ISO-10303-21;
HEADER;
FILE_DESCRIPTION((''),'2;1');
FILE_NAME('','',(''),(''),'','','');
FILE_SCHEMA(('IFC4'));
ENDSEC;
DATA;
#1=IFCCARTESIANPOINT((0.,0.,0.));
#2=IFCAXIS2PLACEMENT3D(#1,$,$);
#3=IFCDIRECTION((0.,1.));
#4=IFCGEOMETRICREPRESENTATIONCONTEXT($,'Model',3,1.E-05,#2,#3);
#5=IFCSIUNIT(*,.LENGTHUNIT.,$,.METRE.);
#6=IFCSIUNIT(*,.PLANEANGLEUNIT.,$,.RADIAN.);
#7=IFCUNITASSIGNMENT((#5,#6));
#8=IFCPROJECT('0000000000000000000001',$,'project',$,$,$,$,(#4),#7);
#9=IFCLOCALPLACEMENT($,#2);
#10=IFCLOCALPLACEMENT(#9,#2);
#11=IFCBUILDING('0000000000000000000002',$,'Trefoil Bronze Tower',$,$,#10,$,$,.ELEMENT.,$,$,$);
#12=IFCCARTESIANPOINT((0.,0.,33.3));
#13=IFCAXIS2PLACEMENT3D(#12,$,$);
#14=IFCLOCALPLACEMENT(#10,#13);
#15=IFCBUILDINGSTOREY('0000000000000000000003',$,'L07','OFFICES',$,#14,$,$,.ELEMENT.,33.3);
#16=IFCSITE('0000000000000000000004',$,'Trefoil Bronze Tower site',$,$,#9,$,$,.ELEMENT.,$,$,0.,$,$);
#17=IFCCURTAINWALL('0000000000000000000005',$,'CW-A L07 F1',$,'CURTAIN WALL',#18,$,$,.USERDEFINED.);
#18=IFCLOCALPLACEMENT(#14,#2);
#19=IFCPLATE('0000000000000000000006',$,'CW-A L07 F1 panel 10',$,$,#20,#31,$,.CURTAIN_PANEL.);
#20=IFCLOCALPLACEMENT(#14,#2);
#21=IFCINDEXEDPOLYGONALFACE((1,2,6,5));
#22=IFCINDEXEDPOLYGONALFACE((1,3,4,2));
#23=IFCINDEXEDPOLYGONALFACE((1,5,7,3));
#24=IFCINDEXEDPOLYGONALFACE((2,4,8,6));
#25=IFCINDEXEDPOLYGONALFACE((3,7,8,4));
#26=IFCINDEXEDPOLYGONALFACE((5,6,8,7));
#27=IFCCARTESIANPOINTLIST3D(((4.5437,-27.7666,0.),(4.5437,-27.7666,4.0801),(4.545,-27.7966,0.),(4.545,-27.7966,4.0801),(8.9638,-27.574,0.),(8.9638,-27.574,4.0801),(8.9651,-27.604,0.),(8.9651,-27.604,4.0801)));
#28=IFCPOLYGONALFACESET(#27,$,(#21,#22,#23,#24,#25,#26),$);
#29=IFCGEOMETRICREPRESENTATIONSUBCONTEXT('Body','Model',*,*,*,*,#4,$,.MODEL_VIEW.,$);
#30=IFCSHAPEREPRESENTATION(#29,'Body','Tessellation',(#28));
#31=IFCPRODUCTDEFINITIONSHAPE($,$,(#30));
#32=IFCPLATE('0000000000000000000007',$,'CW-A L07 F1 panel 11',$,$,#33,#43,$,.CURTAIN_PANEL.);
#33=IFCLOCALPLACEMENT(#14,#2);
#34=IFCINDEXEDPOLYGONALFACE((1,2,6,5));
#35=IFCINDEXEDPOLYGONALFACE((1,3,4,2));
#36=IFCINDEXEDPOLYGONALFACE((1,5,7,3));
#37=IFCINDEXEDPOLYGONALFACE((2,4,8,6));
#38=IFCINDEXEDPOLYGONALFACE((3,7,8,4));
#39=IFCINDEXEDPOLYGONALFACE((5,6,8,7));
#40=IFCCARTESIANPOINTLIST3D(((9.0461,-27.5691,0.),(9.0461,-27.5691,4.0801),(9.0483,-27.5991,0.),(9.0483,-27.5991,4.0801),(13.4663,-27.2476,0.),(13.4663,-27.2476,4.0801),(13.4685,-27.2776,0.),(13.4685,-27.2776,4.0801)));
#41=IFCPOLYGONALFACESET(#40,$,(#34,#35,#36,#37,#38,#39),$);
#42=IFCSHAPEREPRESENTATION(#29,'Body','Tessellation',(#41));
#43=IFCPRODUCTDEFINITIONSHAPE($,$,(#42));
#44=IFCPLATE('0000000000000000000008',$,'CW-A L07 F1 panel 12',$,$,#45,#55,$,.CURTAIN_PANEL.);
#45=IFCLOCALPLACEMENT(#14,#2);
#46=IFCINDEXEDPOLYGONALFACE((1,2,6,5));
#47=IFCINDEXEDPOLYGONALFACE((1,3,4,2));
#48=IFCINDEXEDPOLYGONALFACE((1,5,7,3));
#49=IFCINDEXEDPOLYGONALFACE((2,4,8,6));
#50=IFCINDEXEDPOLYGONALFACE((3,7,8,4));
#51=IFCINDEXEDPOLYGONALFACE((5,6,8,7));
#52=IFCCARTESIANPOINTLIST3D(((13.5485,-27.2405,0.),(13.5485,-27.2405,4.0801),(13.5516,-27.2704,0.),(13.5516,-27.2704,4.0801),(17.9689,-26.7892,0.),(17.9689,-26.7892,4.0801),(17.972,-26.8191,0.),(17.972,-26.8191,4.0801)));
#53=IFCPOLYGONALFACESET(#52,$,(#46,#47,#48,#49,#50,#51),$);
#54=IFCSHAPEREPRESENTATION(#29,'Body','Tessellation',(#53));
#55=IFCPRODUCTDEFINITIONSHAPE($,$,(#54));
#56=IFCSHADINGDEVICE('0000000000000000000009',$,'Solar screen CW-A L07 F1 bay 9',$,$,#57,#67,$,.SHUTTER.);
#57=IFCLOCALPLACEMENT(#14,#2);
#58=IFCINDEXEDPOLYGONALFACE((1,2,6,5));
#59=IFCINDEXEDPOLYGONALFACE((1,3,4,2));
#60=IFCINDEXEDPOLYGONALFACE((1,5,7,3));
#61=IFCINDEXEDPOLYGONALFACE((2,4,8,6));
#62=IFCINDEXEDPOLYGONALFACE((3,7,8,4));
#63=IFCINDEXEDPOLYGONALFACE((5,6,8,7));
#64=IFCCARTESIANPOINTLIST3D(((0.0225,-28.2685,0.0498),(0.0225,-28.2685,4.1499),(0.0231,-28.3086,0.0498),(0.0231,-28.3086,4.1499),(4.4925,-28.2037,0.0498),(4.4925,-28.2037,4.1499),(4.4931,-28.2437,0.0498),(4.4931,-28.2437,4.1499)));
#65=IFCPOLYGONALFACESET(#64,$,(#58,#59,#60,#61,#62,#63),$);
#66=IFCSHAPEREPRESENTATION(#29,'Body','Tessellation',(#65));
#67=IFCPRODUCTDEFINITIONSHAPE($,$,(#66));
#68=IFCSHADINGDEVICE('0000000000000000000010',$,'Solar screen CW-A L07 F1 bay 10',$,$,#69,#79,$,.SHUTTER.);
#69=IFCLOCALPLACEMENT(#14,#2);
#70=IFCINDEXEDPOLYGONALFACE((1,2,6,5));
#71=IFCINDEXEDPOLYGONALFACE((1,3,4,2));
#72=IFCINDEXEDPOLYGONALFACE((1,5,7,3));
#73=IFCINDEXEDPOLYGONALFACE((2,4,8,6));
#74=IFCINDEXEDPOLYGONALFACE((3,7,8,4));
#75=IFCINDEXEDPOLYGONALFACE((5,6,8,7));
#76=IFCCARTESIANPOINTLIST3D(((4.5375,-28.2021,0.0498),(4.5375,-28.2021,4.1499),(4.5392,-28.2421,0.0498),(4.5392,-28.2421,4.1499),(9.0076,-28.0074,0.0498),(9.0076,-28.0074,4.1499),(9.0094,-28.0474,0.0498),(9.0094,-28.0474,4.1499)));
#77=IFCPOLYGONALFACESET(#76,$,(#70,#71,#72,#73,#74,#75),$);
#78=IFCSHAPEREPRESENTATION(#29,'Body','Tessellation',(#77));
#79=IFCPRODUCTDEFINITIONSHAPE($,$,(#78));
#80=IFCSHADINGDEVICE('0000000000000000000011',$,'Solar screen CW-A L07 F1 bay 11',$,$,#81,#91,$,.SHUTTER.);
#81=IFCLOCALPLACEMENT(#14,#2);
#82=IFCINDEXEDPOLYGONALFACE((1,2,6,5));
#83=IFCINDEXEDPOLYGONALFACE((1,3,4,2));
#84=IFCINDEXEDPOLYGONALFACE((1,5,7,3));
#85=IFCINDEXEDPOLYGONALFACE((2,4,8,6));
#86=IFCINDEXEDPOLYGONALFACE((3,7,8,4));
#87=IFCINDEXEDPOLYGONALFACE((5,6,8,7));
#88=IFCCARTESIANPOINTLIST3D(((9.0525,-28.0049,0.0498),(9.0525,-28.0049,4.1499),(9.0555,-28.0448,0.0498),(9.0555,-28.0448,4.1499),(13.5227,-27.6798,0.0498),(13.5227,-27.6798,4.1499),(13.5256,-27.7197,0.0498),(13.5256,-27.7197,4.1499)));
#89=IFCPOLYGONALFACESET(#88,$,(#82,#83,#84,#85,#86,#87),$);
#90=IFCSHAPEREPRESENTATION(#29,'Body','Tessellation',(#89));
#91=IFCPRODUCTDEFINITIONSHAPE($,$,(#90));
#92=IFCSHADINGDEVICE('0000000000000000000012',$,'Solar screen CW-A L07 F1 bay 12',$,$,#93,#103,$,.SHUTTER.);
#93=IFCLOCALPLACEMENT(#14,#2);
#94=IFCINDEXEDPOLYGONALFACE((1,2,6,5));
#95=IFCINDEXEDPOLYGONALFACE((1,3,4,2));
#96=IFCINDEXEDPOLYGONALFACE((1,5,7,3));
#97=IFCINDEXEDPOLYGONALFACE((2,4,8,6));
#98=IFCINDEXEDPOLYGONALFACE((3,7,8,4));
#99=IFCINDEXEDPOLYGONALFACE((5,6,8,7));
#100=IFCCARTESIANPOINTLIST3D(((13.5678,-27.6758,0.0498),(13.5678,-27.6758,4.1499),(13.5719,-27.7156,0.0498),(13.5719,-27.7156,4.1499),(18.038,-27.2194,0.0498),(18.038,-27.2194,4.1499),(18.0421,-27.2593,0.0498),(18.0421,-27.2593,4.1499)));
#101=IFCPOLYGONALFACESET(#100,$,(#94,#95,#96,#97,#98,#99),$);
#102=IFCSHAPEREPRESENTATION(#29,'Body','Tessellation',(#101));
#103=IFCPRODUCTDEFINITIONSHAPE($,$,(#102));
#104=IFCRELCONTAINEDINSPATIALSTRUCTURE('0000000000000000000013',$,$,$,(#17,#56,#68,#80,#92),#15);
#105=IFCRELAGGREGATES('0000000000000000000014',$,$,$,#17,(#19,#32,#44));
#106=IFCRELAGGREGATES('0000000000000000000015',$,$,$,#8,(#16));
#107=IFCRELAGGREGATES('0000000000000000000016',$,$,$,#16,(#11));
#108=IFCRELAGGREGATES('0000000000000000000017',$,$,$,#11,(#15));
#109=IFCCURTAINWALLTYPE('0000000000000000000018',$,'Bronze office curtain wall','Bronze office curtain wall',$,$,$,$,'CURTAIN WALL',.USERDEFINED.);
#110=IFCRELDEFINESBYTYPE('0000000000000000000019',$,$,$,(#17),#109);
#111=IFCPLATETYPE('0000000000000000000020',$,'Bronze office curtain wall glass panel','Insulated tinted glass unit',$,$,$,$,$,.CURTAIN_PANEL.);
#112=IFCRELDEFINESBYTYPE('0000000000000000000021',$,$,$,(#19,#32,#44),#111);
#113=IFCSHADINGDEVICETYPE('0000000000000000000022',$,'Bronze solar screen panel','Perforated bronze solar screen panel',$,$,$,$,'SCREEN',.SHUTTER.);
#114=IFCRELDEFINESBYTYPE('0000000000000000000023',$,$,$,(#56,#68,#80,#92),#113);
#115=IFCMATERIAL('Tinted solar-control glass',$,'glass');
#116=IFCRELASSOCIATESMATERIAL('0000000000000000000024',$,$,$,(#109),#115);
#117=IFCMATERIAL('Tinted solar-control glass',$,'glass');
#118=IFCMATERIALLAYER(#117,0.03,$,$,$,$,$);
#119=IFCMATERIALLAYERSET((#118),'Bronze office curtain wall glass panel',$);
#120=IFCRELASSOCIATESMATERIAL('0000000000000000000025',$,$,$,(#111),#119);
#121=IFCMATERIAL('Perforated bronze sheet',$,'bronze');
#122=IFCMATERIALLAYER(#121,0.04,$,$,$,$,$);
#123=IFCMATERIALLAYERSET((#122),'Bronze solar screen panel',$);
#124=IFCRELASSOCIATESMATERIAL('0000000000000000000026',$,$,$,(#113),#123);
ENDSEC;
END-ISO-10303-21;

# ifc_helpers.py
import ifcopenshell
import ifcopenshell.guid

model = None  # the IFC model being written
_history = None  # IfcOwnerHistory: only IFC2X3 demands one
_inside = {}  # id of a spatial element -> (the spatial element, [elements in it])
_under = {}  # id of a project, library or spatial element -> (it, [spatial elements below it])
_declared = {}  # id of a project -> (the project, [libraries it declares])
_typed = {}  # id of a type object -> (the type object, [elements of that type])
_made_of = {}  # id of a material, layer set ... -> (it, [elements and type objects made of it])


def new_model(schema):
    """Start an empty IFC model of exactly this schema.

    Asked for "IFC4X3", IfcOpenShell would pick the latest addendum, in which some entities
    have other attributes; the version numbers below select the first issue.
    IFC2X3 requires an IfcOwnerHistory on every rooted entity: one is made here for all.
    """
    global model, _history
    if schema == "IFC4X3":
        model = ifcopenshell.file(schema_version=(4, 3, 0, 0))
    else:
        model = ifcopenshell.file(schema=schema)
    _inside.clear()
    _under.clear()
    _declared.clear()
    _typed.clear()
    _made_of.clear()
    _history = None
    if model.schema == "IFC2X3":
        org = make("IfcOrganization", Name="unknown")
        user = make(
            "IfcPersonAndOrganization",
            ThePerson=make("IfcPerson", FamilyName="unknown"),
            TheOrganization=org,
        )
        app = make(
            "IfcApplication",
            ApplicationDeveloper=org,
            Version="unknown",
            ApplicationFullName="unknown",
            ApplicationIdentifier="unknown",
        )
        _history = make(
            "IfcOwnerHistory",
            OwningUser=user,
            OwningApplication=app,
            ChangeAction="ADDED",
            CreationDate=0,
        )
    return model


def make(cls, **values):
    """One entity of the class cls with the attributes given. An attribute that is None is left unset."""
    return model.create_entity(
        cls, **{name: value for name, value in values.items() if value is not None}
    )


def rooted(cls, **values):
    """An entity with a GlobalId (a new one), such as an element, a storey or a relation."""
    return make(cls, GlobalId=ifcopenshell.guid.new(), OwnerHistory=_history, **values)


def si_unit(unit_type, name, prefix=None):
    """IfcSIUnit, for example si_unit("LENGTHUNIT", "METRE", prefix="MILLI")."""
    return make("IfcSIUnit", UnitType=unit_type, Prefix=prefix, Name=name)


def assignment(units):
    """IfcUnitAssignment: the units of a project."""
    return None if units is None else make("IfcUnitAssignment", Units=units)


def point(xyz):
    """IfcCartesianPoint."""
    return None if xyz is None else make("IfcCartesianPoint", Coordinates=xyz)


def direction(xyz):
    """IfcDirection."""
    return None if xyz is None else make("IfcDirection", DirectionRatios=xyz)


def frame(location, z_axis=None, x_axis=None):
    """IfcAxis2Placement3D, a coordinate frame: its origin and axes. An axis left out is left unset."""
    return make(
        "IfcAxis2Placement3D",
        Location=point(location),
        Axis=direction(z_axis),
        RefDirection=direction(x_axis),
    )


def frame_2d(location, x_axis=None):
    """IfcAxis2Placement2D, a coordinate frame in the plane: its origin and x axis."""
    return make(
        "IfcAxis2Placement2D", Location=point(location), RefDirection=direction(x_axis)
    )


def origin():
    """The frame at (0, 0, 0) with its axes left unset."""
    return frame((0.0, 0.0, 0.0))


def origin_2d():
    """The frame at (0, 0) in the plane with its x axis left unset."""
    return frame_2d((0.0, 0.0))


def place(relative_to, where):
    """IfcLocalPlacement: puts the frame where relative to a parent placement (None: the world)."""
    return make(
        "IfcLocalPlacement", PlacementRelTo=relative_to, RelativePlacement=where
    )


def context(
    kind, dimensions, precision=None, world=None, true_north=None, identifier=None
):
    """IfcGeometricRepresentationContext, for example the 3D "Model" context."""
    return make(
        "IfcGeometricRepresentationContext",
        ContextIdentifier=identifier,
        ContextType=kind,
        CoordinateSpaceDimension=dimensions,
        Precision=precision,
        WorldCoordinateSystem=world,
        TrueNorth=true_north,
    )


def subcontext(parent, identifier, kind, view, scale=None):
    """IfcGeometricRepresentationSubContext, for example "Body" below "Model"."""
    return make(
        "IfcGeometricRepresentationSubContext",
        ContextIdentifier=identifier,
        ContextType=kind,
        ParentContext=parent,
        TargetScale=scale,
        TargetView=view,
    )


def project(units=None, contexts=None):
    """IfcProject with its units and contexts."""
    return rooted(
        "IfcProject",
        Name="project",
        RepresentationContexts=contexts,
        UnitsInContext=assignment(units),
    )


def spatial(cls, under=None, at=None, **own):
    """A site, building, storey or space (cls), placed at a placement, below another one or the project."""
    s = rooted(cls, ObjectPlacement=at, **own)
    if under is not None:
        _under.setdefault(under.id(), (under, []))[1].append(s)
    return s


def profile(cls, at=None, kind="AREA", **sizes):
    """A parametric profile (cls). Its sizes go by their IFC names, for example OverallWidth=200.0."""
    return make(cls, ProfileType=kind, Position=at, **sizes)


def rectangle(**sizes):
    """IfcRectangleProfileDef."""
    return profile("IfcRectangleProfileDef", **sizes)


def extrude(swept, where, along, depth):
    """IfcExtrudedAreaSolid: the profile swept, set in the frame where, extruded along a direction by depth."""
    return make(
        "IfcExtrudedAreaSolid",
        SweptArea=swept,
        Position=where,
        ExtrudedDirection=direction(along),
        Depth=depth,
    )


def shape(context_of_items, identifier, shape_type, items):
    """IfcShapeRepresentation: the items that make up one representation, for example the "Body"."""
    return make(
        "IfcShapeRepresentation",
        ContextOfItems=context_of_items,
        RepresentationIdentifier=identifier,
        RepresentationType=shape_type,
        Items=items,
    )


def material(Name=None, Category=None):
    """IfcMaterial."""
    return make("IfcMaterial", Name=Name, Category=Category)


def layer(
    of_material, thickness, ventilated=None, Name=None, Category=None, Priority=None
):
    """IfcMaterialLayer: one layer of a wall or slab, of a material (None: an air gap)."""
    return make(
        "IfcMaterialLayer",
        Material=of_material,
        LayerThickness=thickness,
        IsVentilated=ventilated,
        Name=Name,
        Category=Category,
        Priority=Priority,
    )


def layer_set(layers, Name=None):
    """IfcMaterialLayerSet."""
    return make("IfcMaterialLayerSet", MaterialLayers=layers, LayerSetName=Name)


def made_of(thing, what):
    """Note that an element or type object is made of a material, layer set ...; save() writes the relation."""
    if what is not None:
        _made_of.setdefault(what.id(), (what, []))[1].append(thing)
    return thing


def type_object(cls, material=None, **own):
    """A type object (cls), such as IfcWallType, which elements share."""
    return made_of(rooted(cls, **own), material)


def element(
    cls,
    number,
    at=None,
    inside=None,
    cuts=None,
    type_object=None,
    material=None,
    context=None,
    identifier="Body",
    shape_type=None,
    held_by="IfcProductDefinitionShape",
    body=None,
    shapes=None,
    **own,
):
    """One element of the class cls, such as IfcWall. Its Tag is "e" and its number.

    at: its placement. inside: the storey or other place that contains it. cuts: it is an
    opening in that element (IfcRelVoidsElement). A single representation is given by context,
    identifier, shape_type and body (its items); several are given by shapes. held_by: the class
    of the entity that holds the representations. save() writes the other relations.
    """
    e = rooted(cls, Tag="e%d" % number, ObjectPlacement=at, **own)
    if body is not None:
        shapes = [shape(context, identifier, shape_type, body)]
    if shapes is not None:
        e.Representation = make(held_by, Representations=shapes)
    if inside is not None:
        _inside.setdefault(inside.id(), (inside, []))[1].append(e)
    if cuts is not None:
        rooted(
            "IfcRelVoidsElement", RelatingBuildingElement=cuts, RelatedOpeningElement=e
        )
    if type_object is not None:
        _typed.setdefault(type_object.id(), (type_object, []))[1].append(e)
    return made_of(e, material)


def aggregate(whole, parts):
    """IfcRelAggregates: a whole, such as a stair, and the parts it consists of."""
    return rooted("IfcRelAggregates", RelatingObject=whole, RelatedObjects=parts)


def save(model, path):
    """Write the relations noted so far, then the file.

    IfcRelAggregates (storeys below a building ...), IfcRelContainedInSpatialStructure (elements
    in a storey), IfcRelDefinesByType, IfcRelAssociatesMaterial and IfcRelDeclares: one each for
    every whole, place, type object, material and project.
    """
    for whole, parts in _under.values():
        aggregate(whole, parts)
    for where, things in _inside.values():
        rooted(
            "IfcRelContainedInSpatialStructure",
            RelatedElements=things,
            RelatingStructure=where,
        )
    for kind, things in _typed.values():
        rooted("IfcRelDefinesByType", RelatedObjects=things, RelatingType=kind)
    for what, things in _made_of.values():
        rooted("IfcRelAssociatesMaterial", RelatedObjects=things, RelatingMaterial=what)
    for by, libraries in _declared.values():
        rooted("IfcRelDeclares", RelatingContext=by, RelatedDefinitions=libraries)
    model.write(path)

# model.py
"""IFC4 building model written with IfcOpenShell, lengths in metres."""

from ifc_helpers import new_model, si_unit, direction, frame, origin, origin_2d, place, context, subcontext, project, spatial, rectangle, extrude, material, layer, layer_set, type_object, element, aggregate, save


model = new_model("IFC4")

# Units and contexts
model_context = context("Model", 3, precision=1e-05, world=origin(), true_north=direction((0.0, 1.0)))
body_context = subcontext(model_context, "Body", "Model", "MODEL_VIEW")
ifc_project = project(units=[si_unit("LENGTHUNIT", "METRE"), si_unit("PLANEANGLEUNIT", "RADIAN")], contexts=[model_context])

# Site, building, storey
site_placement = place(None, origin())
site = spatial("IfcSite", under=ifc_project, at=site_placement, Name="Trefoil Bronze Tower site", CompositionType="ELEMENT", RefElevation=0.0)
building_placement = place(site_placement, origin())
building = spatial("IfcBuilding", under=site, at=building_placement, Name="Trefoil Bronze Tower", CompositionType="ELEMENT")
storey_placement = place(building_placement, frame((0.0, 0.0, 33.3)))
storey = spatial("IfcBuildingStorey", under=building, at=storey_placement, Name="L07", Description="OFFICES", CompositionType="ELEMENT", Elevation=33.3)

# Curtain wall
ifc_material_1 = material(Name="Tinted solar-control glass", Category="glass")
curtain_wall_type = type_object("IfcCurtainWallType", Name="Bronze office curtain wall", Description="Bronze office curtain wall", ElementType="CURTAIN WALL", PredefinedType="USERDEFINED", material=ifc_material_1)
curtain_wall_placement = place(storey_placement, origin())
curtain_wall = element("IfcCurtainWall", 1, at=curtain_wall_placement, inside=storey, type_object=curtain_wall_type, Name="CW-A L07 F1", ObjectType="CURTAIN WALL", PredefinedType="USERDEFINED")

# Plates
ifc_material_2 = material(Name="Tinted solar-control glass", Category="glass")
ifc_layer_1 = layer(ifc_material_2, 0.03)
ifc_layer_set_1 = layer_set([ifc_layer_1], Name="Bronze office curtain wall glass panel")
plate_type = type_object("IfcPlateType", Name="Bronze office curtain wall glass panel", Description="Insulated tinted glass unit", PredefinedType="CURTAIN_PANEL", material=ifc_layer_set_1)
plate_1_placement = place(storey_placement, frame((6.7544, -27.6853, 0.0), z_axis=(0.0, 0.0, 1.0), x_axis=(0.999052, 0.043528, 0.0)))
plate_1 = element("IfcPlate", 2, at=plate_1_placement, type_object=plate_type, Name="CW-A L07 F1 panel 10", PredefinedType="CURTAIN_PANEL", context=body_context, shape_type="SweptSolid", body=[
    extrude(rectangle(XDim=4.4243, YDim=0.03, at=origin_2d()), origin(), (0.0, 0.0, 1.0), 4.0801),
])
plate_2_placement = place(storey_placement, frame((11.2573, -27.4233, 0.0), z_axis=(0.0, 0.0, 1.0), x_axis=(0.997365, 0.072547, 0.0)))
plate_2 = element("IfcPlate", 3, at=plate_2_placement, type_object=plate_type, Name="CW-A L07 F1 panel 11", PredefinedType="CURTAIN_PANEL", context=body_context, shape_type="SweptSolid", body=[
    extrude(rectangle(XDim=4.4319, YDim=0.03, at=origin_2d()), origin(), (0.0, 0.0, 1.0), 4.0801),
])
plate_3_placement = place(storey_placement, frame((15.7603, -27.0298, 0.0), z_axis=(0.0, 0.0, 1.0), x_axis=(0.994829, 0.101565, 0.0)))
plate_3 = element("IfcPlate", 4, at=plate_3_placement, type_object=plate_type, Name="CW-A L07 F1 panel 12", PredefinedType="CURTAIN_PANEL", context=body_context, shape_type="SweptSolid", body=[
    extrude(rectangle(XDim=4.4434, YDim=0.03, at=origin_2d()), origin(), (0.0, 0.0, 1.0), 4.0801),
])
aggregate(curtain_wall, [plate_1, plate_2, plate_3])

# Shading devices
ifc_material_3 = material(Name="Perforated bronze sheet", Category="bronze")
ifc_layer_2 = layer(ifc_material_3, 0.04)
ifc_layer_set_2 = layer_set([ifc_layer_2], Name="Bronze solar screen panel")
shading_device_type = type_object("IfcShadingDeviceType", Name="Bronze solar screen panel", Description="Perforated bronze solar screen panel", ElementType="SCREEN", PredefinedType="SHUTTER", material=ifc_layer_set_2)
shading_device_1_placement = place(storey_placement, frame((2.2578, -28.2561, 0.0498), z_axis=(0.0, 0.0, 1.0), x_axis=(0.999895, 0.014509, 0.0)))
element("IfcShadingDevice", 5, at=shading_device_1_placement, inside=storey, type_object=shading_device_type, Name="Solar screen CW-A L07 F1 bay 9", PredefinedType="SHUTTER", context=body_context, shape_type="SweptSolid", body=[
    extrude(rectangle(XDim=4.4705, YDim=0.04, at=origin_2d()), origin(), (0.0, 0.0, 1.0), 4.1001),
])
shading_device_2_placement = place(storey_placement, frame((6.7734, -28.1248, 0.0498), z_axis=(0.0, 0.0, 1.0), x_axis=(0.999052, 0.043528, 0.0)))
element("IfcShadingDevice", 6, at=shading_device_2_placement, inside=storey, type_object=shading_device_type, Name="Solar screen CW-A L07 F1 bay 10", PredefinedType="SHUTTER", context=body_context, shape_type="SweptSolid", body=[
    extrude(rectangle(XDim=4.4744, YDim=0.04, at=origin_2d()), origin(), (0.0, 0.0, 1.0), 4.1001),
])
shading_device_3_placement = place(storey_placement, frame((11.2891, -27.8623, 0.0498), z_axis=(0.0, 0.0, 1.0), x_axis=(0.997365, 0.072547, 0.0)))
element("IfcShadingDevice", 7, at=shading_device_3_placement, inside=storey, type_object=shading_device_type, Name="Solar screen CW-A L07 F1 bay 11", PredefinedType="SHUTTER", context=body_context, shape_type="SweptSolid", body=[
    extrude(rectangle(XDim=4.4819, YDim=0.04, at=origin_2d()), origin(), (0.0, 0.0, 1.0), 4.1001),
])
shading_device_4_placement = place(storey_placement, frame((15.8049, -27.4675, 0.0498), z_axis=(0.0, 0.0, 1.0), x_axis=(0.994829, 0.101565, 0.0)))
element("IfcShadingDevice", 8, at=shading_device_4_placement, inside=storey, type_object=shading_device_type, Name="Solar screen CW-A L07 F1 bay 12", PredefinedType="SHUTTER", context=body_context, shape_type="SweptSolid", body=[
    extrude(rectangle(XDim=4.4934, YDim=0.04, at=origin_2d()), origin(), (0.0, 0.0, 1.0), 4.1001),
])

save(model, "model.ifc")
